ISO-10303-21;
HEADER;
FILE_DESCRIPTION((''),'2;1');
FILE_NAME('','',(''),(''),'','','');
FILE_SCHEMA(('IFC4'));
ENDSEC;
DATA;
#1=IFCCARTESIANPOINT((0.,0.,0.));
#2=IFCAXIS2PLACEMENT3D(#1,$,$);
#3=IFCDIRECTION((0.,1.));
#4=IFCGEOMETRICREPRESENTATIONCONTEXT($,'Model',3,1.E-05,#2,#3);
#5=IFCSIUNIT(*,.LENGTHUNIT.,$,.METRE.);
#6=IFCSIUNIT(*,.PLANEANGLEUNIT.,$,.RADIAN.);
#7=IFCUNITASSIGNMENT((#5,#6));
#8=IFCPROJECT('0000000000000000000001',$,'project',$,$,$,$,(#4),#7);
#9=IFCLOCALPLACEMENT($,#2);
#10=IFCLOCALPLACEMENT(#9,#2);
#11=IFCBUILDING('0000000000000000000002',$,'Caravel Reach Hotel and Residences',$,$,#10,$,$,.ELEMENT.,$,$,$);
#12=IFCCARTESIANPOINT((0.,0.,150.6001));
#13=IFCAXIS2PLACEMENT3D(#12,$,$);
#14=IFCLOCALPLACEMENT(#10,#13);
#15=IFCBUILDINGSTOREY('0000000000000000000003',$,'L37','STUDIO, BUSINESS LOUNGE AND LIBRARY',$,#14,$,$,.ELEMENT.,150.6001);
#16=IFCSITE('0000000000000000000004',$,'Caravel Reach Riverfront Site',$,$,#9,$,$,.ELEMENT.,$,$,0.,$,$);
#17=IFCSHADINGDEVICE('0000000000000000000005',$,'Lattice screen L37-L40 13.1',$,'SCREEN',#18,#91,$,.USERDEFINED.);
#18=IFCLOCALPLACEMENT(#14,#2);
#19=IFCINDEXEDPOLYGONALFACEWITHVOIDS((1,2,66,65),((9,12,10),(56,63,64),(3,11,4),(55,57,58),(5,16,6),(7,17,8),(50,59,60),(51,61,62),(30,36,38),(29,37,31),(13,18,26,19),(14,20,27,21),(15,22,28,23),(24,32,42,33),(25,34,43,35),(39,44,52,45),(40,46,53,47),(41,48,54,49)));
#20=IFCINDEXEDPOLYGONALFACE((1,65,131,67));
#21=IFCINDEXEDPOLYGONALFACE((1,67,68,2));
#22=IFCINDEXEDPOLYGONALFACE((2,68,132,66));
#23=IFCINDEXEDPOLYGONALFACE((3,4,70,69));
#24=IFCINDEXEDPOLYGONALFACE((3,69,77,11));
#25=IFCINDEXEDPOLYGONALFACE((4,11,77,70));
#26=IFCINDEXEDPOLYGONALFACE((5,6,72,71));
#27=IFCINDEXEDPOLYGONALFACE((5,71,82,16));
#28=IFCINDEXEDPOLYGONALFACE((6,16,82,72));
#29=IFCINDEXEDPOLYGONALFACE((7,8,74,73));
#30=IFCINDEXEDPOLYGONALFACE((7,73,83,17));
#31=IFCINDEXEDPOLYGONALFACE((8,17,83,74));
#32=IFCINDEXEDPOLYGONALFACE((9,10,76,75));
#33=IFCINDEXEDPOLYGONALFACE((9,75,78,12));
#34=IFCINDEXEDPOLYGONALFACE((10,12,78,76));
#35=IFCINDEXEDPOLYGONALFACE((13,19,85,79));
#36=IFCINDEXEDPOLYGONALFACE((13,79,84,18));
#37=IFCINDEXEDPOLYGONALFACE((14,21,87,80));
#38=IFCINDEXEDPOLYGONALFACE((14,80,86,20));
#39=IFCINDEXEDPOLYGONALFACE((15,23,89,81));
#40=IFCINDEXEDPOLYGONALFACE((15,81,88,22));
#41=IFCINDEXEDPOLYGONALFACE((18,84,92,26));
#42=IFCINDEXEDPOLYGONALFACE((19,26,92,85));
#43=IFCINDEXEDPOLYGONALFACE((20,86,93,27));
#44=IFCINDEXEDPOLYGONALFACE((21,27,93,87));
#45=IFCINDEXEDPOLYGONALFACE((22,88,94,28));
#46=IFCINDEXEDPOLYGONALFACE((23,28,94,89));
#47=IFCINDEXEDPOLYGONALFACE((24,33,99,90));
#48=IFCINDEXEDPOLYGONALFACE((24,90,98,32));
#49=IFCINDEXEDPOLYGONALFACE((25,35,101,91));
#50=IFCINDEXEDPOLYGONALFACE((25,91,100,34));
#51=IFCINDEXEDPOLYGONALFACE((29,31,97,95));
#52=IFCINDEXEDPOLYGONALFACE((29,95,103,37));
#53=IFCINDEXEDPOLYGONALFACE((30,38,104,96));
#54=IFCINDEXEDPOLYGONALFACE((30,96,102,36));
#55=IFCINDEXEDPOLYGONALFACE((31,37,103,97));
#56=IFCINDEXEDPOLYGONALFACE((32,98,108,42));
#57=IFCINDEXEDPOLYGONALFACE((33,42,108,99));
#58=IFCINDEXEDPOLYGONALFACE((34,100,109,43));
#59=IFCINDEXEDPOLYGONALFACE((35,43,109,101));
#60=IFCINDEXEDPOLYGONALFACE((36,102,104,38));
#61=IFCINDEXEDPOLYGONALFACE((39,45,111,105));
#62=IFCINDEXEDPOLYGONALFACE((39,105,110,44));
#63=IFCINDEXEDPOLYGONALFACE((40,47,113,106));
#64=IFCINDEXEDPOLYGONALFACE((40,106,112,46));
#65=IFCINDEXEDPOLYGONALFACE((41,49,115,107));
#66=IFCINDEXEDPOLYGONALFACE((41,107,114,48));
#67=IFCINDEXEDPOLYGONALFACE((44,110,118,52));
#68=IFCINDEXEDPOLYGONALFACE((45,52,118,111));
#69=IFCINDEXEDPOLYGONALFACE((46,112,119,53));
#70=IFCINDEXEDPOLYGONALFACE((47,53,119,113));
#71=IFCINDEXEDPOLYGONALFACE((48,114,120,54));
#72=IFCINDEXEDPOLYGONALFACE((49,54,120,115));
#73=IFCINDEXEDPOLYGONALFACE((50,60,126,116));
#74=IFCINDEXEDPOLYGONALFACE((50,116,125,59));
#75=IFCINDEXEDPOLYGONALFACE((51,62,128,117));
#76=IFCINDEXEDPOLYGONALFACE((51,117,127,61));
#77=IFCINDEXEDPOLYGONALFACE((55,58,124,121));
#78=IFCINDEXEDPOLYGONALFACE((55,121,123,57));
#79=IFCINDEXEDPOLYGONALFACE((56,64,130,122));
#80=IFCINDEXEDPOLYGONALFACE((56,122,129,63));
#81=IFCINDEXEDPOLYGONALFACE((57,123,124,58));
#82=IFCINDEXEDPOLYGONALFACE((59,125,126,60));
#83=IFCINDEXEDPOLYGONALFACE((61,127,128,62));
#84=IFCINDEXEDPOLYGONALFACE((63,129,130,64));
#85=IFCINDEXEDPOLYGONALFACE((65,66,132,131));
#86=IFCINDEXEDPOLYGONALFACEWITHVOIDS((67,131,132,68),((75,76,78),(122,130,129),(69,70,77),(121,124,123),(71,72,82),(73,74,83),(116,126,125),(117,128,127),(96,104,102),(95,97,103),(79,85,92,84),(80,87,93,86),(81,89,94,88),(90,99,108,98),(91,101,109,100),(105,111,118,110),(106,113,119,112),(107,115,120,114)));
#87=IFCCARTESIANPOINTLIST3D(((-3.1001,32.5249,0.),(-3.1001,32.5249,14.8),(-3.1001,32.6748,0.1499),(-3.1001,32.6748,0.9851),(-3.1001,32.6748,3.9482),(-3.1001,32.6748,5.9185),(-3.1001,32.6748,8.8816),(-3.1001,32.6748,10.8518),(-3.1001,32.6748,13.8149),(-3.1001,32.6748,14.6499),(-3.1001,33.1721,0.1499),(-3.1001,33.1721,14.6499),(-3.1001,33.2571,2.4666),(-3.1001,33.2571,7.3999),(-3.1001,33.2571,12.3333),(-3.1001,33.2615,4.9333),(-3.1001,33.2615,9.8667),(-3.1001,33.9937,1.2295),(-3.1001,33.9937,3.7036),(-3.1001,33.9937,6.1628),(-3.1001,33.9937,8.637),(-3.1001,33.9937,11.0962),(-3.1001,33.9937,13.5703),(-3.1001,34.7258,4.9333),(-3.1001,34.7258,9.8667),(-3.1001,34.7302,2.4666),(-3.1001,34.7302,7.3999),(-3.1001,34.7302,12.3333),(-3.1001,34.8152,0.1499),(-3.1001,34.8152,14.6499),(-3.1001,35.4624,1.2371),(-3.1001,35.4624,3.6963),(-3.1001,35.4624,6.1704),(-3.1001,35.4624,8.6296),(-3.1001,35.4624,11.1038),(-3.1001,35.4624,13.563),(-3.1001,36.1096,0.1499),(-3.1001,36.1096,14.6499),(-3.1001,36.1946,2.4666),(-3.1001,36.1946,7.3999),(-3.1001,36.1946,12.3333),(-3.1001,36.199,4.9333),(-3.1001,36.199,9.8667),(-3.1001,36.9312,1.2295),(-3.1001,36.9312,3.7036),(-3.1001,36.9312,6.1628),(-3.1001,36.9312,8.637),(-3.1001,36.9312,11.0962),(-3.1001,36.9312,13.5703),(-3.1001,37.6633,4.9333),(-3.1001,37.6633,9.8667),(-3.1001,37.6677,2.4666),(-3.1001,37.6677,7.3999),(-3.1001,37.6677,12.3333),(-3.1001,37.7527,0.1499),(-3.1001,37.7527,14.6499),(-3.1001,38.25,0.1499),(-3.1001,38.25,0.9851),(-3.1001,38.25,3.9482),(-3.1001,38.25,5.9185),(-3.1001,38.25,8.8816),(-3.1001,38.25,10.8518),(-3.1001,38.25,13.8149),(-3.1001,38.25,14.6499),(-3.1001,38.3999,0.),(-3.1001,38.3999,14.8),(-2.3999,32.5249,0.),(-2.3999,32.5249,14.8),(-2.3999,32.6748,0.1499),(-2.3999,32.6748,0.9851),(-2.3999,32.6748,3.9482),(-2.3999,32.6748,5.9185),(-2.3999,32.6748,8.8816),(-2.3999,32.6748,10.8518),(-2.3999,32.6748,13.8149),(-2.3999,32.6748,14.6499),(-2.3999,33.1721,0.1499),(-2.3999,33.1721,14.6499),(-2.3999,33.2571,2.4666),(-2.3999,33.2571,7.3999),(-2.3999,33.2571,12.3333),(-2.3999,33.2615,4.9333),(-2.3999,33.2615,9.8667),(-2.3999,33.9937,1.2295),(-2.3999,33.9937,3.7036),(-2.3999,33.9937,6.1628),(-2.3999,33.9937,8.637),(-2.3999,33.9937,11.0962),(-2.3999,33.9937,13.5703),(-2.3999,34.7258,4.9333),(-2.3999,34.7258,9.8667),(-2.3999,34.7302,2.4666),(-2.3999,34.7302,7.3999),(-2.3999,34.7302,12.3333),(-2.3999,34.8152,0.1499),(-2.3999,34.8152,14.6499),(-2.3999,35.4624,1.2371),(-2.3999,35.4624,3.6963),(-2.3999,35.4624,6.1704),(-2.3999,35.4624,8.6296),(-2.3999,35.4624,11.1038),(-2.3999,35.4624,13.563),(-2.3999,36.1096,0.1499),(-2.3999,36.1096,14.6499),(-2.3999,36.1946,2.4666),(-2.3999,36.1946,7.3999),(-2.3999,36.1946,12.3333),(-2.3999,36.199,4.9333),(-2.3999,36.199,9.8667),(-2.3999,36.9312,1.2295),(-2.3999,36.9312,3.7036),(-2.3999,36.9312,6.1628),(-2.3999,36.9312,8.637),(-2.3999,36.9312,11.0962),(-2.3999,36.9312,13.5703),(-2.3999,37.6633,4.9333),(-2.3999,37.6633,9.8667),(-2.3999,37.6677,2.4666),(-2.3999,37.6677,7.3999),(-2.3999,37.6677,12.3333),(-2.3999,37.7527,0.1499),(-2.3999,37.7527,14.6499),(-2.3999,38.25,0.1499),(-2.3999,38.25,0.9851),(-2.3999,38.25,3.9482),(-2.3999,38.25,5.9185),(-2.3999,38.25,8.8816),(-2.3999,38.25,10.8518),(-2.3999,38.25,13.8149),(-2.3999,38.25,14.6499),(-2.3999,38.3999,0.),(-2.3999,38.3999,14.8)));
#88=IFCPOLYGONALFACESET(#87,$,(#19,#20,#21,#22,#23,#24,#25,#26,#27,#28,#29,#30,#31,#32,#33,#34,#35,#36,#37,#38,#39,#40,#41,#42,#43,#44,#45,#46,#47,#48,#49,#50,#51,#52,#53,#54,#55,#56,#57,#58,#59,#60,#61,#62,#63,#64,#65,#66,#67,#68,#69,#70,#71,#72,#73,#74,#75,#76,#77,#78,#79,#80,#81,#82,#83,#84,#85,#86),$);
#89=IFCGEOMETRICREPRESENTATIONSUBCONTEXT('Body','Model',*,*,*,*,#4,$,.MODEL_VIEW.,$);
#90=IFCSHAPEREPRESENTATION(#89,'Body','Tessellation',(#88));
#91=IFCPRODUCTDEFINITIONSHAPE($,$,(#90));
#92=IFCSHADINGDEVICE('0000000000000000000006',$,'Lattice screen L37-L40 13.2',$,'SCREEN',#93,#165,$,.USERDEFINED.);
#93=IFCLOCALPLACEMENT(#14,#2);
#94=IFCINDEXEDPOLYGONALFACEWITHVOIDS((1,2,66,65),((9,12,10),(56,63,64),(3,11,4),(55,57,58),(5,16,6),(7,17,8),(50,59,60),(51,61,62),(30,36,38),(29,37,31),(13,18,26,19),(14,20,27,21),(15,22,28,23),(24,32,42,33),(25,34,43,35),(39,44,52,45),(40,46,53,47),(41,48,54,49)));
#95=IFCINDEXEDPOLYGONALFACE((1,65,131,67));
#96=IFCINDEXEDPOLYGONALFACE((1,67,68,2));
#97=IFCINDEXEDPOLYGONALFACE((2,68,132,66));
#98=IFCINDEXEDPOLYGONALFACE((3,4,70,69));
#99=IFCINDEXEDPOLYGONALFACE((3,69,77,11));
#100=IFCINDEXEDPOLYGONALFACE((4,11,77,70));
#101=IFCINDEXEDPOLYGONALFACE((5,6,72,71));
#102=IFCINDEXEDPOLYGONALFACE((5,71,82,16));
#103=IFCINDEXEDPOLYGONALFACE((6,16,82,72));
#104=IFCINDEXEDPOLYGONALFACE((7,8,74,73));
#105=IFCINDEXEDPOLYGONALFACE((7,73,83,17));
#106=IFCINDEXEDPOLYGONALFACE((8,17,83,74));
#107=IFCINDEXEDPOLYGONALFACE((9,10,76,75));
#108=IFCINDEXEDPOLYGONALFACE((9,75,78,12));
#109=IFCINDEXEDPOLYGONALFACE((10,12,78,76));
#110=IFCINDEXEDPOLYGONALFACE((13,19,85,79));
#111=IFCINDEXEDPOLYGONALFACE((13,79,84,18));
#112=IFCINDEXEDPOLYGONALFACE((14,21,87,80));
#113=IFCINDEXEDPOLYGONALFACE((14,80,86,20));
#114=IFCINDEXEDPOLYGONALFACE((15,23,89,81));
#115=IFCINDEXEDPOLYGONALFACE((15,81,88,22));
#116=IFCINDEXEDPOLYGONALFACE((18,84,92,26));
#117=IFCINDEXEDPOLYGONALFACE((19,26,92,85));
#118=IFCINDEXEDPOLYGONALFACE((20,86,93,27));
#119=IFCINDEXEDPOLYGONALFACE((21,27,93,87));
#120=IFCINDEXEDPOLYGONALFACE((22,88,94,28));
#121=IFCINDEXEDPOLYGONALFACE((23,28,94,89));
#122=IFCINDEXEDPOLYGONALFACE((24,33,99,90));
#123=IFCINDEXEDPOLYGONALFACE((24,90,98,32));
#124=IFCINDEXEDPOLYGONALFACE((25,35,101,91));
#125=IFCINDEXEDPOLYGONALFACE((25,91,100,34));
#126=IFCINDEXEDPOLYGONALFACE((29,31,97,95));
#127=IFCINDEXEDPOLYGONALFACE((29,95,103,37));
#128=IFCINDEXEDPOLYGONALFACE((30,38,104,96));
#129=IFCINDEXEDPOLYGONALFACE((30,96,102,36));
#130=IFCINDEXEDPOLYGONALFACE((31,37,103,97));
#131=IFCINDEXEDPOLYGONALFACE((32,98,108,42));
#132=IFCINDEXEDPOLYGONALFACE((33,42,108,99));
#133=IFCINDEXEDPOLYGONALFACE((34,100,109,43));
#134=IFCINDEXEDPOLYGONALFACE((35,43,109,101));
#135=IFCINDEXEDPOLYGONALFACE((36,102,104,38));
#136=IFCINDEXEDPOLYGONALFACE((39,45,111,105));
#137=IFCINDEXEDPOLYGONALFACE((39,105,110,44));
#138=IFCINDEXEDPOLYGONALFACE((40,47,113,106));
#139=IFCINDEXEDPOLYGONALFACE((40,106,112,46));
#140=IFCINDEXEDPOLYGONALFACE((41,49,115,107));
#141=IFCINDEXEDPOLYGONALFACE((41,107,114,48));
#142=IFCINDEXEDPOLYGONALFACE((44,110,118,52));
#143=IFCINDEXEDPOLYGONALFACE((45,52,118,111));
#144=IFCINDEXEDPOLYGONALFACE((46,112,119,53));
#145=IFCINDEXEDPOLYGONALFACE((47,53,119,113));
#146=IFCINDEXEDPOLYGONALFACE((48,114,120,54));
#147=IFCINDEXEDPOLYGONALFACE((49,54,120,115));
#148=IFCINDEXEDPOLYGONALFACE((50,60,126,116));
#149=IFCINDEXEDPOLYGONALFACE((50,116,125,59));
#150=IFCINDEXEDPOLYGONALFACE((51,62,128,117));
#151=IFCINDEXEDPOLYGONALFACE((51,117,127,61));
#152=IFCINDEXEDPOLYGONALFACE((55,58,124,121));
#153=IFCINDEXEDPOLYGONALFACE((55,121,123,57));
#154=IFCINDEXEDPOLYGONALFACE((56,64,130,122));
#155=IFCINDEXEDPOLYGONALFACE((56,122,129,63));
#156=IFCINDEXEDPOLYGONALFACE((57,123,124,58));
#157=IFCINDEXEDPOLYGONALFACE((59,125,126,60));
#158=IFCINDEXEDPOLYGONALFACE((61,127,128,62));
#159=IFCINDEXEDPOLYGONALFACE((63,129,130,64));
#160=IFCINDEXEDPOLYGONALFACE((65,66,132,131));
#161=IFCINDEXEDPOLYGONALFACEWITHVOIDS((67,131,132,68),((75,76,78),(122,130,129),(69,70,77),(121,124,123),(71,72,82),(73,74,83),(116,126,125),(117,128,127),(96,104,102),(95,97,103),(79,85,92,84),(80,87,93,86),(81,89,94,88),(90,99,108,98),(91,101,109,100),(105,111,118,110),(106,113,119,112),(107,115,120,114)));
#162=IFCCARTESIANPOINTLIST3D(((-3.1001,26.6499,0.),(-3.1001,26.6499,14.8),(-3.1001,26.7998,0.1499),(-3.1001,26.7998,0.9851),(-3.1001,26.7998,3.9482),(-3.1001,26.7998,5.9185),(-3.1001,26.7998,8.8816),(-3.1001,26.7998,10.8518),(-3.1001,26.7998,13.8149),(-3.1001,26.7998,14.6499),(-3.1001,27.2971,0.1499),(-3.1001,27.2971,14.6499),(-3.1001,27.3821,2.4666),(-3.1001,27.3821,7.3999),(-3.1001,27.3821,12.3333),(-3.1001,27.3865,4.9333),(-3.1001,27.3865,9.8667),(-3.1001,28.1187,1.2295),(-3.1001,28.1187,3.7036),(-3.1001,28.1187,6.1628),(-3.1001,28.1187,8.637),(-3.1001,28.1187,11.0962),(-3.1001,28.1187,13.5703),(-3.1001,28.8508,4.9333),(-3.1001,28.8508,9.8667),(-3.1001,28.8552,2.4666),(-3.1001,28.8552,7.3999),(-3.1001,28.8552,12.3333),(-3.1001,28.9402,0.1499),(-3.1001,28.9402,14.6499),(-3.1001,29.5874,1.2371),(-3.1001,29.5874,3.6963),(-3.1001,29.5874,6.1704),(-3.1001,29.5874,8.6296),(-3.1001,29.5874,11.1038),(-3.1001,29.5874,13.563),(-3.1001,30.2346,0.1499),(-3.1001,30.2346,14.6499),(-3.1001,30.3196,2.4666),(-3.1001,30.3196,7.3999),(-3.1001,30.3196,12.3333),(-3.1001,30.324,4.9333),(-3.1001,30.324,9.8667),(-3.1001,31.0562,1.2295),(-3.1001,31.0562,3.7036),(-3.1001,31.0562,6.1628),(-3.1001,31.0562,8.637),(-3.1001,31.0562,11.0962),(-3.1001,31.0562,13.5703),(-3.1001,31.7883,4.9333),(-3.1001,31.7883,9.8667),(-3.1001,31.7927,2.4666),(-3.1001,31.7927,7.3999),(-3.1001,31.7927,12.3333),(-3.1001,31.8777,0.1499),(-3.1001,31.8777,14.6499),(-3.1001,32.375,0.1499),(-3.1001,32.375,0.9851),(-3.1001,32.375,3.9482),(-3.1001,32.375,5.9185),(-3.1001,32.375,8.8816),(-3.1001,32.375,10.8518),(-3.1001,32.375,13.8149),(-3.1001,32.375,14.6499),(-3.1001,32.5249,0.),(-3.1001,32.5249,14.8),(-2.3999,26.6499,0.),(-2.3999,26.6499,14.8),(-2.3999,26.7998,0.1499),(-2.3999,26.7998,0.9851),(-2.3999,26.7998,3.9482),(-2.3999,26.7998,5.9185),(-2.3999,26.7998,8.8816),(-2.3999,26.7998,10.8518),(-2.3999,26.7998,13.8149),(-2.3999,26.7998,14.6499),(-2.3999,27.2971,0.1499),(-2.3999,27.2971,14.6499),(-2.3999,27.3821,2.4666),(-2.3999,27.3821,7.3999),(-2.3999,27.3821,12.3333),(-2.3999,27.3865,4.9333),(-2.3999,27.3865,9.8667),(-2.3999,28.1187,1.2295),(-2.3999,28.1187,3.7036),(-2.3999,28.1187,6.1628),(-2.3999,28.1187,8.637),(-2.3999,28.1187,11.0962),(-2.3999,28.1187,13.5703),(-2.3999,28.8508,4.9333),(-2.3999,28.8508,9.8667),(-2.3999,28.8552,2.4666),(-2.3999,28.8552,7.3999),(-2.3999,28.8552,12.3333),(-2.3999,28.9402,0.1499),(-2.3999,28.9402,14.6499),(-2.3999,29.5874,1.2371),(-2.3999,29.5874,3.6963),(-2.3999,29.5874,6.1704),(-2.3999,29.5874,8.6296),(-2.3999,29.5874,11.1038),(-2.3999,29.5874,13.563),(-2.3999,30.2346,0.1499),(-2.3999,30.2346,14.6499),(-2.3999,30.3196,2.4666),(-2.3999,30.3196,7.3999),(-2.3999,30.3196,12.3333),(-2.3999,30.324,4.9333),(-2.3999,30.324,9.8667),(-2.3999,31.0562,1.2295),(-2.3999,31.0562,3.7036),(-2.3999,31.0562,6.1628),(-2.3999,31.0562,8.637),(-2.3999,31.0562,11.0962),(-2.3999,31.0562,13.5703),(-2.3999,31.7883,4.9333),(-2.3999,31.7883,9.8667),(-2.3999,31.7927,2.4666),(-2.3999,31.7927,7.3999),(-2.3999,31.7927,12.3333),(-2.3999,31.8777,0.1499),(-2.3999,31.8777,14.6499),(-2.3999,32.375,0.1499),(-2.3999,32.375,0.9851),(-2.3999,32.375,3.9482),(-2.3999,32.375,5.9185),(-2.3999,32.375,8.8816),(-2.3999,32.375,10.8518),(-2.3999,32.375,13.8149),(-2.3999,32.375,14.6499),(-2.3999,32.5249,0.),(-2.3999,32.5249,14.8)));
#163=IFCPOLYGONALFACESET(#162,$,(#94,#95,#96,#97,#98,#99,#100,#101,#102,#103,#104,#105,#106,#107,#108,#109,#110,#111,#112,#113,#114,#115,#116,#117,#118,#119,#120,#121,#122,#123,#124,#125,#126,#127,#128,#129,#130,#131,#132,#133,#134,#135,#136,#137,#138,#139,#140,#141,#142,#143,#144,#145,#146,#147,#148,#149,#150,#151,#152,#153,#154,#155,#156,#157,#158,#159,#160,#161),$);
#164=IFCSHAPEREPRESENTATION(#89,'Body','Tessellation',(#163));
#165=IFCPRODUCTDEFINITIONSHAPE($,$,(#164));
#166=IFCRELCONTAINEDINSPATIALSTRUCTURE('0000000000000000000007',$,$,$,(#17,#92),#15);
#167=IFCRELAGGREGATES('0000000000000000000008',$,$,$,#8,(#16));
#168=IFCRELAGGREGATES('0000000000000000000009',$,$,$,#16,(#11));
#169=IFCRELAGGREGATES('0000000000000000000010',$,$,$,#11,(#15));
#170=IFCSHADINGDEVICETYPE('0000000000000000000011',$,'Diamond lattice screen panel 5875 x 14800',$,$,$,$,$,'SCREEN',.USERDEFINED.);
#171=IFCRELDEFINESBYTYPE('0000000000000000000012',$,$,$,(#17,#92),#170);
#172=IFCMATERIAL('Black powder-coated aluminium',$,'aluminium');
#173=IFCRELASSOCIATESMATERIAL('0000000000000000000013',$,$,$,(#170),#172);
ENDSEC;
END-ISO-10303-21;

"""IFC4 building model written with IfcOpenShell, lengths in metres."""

from ifc_helpers import new_model, si_unit, direction, frame, origin, place, context, subcontext, project, spatial, polyline, outline, extrude, material, type_object, element, save


model = new_model("IFC4")

# Units and contexts
model_context = context("Model", 3, precision=1e-05, world=origin(), true_north=direction((0.0, 1.0)))
body_context = subcontext(model_context, "Body", "Model", "MODEL_VIEW")
ifc_project = project(units=[si_unit("LENGTHUNIT", "METRE"), si_unit("PLANEANGLEUNIT", "RADIAN")], contexts=[model_context])

# Site, building, storey
site_placement = place(None, origin())
site = spatial("IfcSite", under=ifc_project, at=site_placement, Name="Caravel Reach Riverfront Site", CompositionType="ELEMENT", RefElevation=0.0)
building_placement = place(site_placement, origin())
building = spatial("IfcBuilding", under=site, at=building_placement, Name="Caravel Reach Hotel and Residences", CompositionType="ELEMENT")
storey_placement = place(building_placement, frame((0.0, 0.0, 150.6001)))
storey = spatial("IfcBuildingStorey", under=building, at=storey_placement, Name="L37", Description="STUDIO, BUSINESS LOUNGE AND LIBRARY", CompositionType="ELEMENT", Elevation=150.6001)

# Shading devices
ifc_material_1 = material(Name="Black powder-coated aluminium", Category="aluminium")
shading_device_type_1 = type_object("IfcShadingDeviceType", Name="Diamond lattice screen panel 5875 x 14800", ElementType="SCREEN", PredefinedType="USERDEFINED", material=ifc_material_1)
shading_device_1_placement = place(storey_placement, frame((-2.3999, 38.3999, 0.0), z_axis=(-1.0, 0.0, 0.0), x_axis=(0.0, -1.0, 0.0)))
element("IfcShadingDevice", 1, at=shading_device_1_placement, inside=storey, type_object=shading_device_type_1, Name="Lattice screen L37-L40 13.1", ObjectType="SCREEN", PredefinedType="USERDEFINED", context=body_context, shape_type="SweptSolid", body=[
    extrude(outline(polyline([(0.0, 0.0), (5.875, 0.0), (5.875, 14.8), (0.0, 14.8), (0.0, 0.0)]), holes=[polyline([(0.6472, 0.1499), (0.1499, 0.9851), (0.1499, 0.1499), (0.6472, 0.1499)]), polyline([(0.7366, 4.9333), (0.1499, 5.9185), (0.1499, 3.9482), (0.7366, 4.9333)]), polyline([(0.7366, 9.8667), (0.1499, 10.8518), (0.1499, 8.8816), (0.7366, 9.8667)]), polyline([(0.1499, 13.8149), (0.6472, 14.6499), (0.1499, 14.6499), (0.1499, 13.8149)]), polyline([(1.4688, 3.7036), (0.7322, 2.4666), (1.4688, 1.2295), (2.2053, 2.4666), (1.4688, 3.7036)]), polyline([(1.4688, 8.637), (0.7322, 7.3999), (1.4688, 6.1628), (2.2053, 7.3999), (1.4688, 8.637)]), polyline([(1.4688, 13.5703), (0.7322, 12.3333), (1.4688, 11.0962), (2.2053, 12.3333), (1.4688, 13.5703)]), polyline([(2.9375, 1.2371), (2.2903, 0.1499), (3.5847, 0.1499), (2.9375, 1.2371)]), polyline([(2.9375, 6.1704), (2.2009, 4.9333), (2.9375, 3.6963), (3.6741, 4.9333), (2.9375, 6.1704)]), polyline([(2.9375, 11.1038), (2.2009, 9.8667), (2.9375, 8.6296), (3.6741, 9.8667), (2.9375, 11.1038)]), polyline([(2.9375, 13.563), (3.5847, 14.6499), (2.2903, 14.6499), (2.9375, 13.563)]), polyline([(4.4062, 3.7036), (3.6697, 2.4666), (4.4062, 1.2295), (5.1428, 2.4666), (4.4062, 3.7036)]), polyline([(4.4062, 8.637), (3.6697, 7.3999), (4.4062, 6.1628), (5.1428, 7.3999), (4.4062, 8.637)]), polyline([(4.4062, 13.5703), (3.6697, 12.3333), (4.4062, 11.0962), (5.1428, 12.3333), (4.4062, 13.5703)]), polyline([(5.7251, 0.9851), (5.2278, 0.1499), (5.7251, 0.1499), (5.7251, 0.9851)]), polyline([(5.1384, 4.9333), (5.7251, 3.9482), (5.7251, 5.9185), (5.1384, 4.9333)]), polyline([(5.1384, 9.8667), (5.7251, 8.8816), (5.7251, 10.8518), (5.1384, 9.8667)]), polyline([(5.2278, 14.6499), (5.7251, 13.8149), (5.7251, 14.6499), (5.2278, 14.6499)])]), origin(), (0.0, 0.0, 1.0), 0.7002),
])
shading_device_2_placement = place(storey_placement, frame((-2.3999, 32.5249, 0.0), z_axis=(-1.0, 0.0, 0.0), x_axis=(0.0, -1.0, 0.0)))
element("IfcShadingDevice", 2, at=shading_device_2_placement, inside=storey, type_object=shading_device_type_1, Name="Lattice screen L37-L40 13.2", ObjectType="SCREEN", PredefinedType="USERDEFINED", context=body_context, shape_type="SweptSolid", body=[
    extrude(outline(polyline([(0.0, 0.0), (5.875, 0.0), (5.875, 14.8), (0.0, 14.8), (0.0, 0.0)]), holes=[polyline([(0.6472, 0.1499), (0.1499, 0.9851), (0.1499, 0.1499), (0.6472, 0.1499)]), polyline([(0.7366, 4.9333), (0.1499, 5.9185), (0.1499, 3.9482), (0.7366, 4.9333)]), polyline([(0.7366, 9.8667), (0.1499, 10.8518), (0.1499, 8.8816), (0.7366, 9.8667)]), polyline([(0.1499, 13.8149), (0.6472, 14.6499), (0.1499, 14.6499), (0.1499, 13.8149)]), polyline([(1.4688, 3.7036), (0.7322, 2.4666), (1.4688, 1.2295), (2.2053, 2.4666), (1.4688, 3.7036)]), polyline([(1.4688, 8.637), (0.7322, 7.3999), (1.4688, 6.1628), (2.2053, 7.3999), (1.4688, 8.637)]), polyline([(1.4688, 13.5703), (0.7322, 12.3333), (1.4688, 11.0962), (2.2053, 12.3333), (1.4688, 13.5703)]), polyline([(2.9375, 1.2371), (2.2903, 0.1499), (3.5847, 0.1499), (2.9375, 1.2371)]), polyline([(2.9375, 6.1704), (2.2009, 4.9333), (2.9375, 3.6963), (3.6741, 4.9333), (2.9375, 6.1704)]), polyline([(2.9375, 11.1038), (2.2009, 9.8667), (2.9375, 8.6296), (3.6741, 9.8667), (2.9375, 11.1038)]), polyline([(2.9375, 13.563), (3.5847, 14.6499), (2.2903, 14.6499), (2.9375, 13.563)]), polyline([(4.4062, 3.7036), (3.6697, 2.4666), (4.4062, 1.2295), (5.1428, 2.4666), (4.4062, 3.7036)]), polyline([(4.4062, 8.637), (3.6697, 7.3999), (4.4062, 6.1628), (5.1428, 7.3999), (4.4062, 8.637)]), polyline([(4.4062, 13.5703), (3.6697, 12.3333), (4.4062, 11.0962), (5.1428, 12.3333), (4.4062, 13.5703)]), polyline([(5.7251, 0.9851), (5.2278, 0.1499), (5.7251, 0.1499), (5.7251, 0.9851)]), polyline([(5.1384, 4.9333), (5.7251, 3.9482), (5.7251, 5.9185), (5.1384, 4.9333)]), polyline([(5.1384, 9.8667), (5.7251, 8.8816), (5.7251, 10.8518), (5.1384, 9.8667)]), polyline([(5.2278, 14.6499), (5.7251, 13.8149), (5.7251, 14.6499), (5.2278, 14.6499)])]), origin(), (0.0, 0.0, 1.0), 0.7002),
])

save(model, "model.ifc")
